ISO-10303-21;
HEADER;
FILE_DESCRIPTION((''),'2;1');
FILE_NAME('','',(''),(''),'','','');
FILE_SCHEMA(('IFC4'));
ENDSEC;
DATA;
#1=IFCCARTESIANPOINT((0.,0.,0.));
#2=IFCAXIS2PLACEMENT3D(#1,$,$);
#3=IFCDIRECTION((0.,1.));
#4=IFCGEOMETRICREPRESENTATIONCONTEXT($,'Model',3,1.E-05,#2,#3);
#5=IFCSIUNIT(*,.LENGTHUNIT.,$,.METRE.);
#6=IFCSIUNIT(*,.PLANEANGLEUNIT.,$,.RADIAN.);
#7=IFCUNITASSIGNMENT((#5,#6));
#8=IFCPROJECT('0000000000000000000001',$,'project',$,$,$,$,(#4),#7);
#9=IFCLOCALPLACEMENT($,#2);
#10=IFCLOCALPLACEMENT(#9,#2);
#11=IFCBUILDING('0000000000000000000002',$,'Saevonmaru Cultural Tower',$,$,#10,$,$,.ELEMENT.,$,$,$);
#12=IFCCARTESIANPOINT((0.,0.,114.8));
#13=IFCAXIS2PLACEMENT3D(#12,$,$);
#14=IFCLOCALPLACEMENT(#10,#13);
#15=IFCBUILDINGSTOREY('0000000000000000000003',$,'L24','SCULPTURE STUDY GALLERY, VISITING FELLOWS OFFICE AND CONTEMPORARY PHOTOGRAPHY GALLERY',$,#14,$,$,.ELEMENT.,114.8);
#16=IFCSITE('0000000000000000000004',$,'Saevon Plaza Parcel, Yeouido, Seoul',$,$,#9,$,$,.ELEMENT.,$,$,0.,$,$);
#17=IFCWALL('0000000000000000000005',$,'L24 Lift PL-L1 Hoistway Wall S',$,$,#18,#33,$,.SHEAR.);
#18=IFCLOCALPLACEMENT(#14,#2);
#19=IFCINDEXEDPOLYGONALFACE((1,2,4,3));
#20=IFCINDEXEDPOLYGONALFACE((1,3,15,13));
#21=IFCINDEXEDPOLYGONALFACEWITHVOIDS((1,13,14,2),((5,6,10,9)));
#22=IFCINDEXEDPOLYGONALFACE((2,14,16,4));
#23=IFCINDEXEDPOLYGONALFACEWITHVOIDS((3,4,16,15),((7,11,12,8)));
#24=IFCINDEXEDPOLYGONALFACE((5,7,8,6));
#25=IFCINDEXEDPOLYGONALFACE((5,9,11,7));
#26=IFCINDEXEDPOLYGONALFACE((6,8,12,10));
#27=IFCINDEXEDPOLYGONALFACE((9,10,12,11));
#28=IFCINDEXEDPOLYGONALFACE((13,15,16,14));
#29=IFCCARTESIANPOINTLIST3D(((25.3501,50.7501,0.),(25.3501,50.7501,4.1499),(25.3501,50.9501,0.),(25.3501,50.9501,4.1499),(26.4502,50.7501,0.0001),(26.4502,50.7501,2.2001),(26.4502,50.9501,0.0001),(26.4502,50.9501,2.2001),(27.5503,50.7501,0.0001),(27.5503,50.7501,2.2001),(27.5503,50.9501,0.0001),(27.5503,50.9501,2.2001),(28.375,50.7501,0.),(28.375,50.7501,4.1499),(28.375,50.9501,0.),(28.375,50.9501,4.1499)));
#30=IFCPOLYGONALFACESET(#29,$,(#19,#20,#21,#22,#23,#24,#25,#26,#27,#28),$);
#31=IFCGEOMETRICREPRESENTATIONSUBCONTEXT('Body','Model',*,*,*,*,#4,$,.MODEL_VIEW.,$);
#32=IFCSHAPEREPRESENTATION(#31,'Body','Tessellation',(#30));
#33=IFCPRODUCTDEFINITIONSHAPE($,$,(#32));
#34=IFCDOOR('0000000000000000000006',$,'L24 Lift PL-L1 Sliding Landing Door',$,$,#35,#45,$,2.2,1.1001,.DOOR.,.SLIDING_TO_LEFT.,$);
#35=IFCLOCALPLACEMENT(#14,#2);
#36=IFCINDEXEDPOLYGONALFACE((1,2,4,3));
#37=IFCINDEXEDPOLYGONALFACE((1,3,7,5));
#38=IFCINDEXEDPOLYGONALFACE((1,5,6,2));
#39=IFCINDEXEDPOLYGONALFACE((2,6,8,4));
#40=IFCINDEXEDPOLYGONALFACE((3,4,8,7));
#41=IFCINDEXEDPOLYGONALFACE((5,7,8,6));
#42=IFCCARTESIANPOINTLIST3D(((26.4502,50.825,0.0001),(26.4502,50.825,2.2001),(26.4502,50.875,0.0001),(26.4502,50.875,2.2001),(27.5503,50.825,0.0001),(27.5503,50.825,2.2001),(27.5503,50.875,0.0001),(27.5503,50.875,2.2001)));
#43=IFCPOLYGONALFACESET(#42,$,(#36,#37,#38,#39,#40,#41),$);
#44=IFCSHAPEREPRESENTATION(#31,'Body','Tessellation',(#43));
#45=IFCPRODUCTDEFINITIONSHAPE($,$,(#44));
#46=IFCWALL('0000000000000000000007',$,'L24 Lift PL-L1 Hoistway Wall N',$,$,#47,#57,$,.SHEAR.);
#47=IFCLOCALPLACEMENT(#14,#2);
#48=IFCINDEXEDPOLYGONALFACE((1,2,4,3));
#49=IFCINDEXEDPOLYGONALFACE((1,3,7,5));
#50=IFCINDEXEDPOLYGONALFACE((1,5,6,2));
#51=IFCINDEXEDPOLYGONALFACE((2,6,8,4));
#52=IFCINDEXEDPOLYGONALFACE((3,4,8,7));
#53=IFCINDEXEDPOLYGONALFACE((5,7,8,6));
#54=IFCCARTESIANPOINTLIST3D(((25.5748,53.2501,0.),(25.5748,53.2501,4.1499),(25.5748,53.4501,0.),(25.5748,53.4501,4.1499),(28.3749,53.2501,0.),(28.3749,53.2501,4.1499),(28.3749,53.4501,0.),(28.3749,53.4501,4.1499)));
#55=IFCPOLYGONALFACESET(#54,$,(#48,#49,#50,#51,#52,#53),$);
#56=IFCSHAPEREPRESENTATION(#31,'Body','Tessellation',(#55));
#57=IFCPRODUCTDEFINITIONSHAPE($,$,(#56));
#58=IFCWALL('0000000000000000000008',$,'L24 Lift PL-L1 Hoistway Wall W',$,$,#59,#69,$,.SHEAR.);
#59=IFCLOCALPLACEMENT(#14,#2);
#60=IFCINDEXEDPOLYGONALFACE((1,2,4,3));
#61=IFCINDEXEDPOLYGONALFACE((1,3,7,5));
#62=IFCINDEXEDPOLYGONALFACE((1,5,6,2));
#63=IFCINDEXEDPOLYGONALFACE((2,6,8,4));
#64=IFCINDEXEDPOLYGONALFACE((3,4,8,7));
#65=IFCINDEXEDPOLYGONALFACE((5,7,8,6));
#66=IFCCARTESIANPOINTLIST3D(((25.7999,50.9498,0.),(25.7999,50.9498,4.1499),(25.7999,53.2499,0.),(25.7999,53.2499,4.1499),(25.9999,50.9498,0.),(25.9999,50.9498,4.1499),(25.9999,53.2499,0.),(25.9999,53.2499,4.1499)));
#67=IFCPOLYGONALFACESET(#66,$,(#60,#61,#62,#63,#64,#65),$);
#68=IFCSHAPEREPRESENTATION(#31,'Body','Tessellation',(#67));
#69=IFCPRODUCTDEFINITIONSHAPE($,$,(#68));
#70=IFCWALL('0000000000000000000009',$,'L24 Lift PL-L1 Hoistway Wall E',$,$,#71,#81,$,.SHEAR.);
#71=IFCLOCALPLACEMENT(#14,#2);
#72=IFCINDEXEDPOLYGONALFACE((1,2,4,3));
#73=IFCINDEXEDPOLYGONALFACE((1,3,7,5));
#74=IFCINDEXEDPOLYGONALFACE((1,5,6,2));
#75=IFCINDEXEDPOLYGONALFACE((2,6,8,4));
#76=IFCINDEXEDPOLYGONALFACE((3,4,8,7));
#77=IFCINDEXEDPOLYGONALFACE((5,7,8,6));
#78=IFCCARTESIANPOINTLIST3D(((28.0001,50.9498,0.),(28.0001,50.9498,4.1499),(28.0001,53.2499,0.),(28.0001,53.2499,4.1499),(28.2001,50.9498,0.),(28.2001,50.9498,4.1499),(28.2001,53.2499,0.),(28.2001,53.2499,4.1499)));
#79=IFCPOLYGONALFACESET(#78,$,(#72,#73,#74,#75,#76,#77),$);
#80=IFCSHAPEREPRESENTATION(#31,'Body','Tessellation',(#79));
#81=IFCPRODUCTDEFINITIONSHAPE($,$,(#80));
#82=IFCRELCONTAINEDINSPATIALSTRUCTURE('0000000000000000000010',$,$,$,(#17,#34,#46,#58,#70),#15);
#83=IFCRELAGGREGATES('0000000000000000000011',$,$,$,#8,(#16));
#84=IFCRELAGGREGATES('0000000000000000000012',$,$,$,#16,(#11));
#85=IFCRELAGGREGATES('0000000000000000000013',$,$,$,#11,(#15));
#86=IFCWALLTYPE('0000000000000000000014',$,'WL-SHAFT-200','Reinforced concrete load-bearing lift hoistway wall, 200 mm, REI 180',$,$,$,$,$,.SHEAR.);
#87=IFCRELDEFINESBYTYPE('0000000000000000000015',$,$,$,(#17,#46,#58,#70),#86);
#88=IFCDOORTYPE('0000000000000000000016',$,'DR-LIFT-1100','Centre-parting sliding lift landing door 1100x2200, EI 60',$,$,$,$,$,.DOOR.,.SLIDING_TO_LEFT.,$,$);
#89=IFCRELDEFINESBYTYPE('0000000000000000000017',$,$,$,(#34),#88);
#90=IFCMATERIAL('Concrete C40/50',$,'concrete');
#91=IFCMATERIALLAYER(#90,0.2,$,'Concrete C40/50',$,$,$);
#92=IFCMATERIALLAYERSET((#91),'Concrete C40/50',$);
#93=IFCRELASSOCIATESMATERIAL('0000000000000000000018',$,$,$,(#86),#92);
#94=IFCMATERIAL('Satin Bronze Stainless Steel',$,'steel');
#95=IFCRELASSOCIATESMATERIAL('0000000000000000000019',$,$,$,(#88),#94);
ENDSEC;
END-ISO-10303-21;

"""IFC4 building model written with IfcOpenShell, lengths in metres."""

from ifc_helpers import new_model, si_unit, direction, frame, frame_2d, origin, place, context, subcontext, project, spatial, rectangle, extrude, material, layer, layer_set, type_object, element, fill, save


model = new_model("IFC4")

# Units and contexts
model_context = context("Model", 3, precision=1e-05, world=origin(), true_north=direction((0.0, 1.0)))
body_context = subcontext(model_context, "Body", "Model", "MODEL_VIEW")
ifc_project = project(units=[si_unit("LENGTHUNIT", "METRE"), si_unit("PLANEANGLEUNIT", "RADIAN")], contexts=[model_context])

# Site, building, storey
site_placement = place(None, origin())
site = spatial("IfcSite", under=ifc_project, at=site_placement, Name="Saevon Plaza Parcel, Yeouido, Seoul", CompositionType="ELEMENT", RefElevation=0.0)
building_placement = place(site_placement, origin())
building = spatial("IfcBuilding", under=site, at=building_placement, Name="Saevonmaru Cultural Tower", CompositionType="ELEMENT")
storey_placement = place(building_placement, frame((0.0, 0.0, 114.8)))
storey = spatial("IfcBuildingStorey", under=building, at=storey_placement, Name="L24", Description="SCULPTURE STUDY GALLERY, VISITING FELLOWS OFFICE AND CONTEMPORARY PHOTOGRAPHY GALLERY", CompositionType="ELEMENT", Elevation=114.8)

# Shared definitions
ifc_material_1 = material(Name="Concrete C40/50", Category="concrete")
ifc_layer_1 = layer(ifc_material_1, 0.2, Name="Concrete C40/50")
ifc_layer_set_1 = layer_set([ifc_layer_1], Name="Concrete C40/50")
wall_type = type_object("IfcWallType", Name="WL-SHAFT-200", Description="Reinforced concrete load-bearing lift hoistway wall, 200 mm, REI 180", PredefinedType="SHEAR", material=ifc_layer_set_1)

# Wall, opening, door
wall_1_placement = place(storey_placement, frame((25.3501, 50.8501, 0.0), z_axis=(0.0, 0.0, 1.0), x_axis=(1.0, 0.0, 0.0)))
wall_1 = element("IfcWall", 1, at=wall_1_placement, inside=storey, type_object=wall_type, Name="L24 Lift PL-L1 Hoistway Wall S", PredefinedType="SHEAR", context=body_context, shape_type="SweptSolid", body=[
    extrude(rectangle(XDim=3.0249, YDim=0.2, at=frame_2d((1.5125, 0.0))), origin(), (0.0, 0.0, 1.0), 4.1499),
])
opening_1_placement = place(wall_1_placement, frame((1.1001, 0.0, 0.0)))
opening_1 = element("IfcOpeningElement", 2, at=opening_1_placement, cuts=wall_1, PredefinedType="OPENING", context=body_context, shape_type="SweptSolid", body=[
    extrude(rectangle(XDim=1.1001, YDim=2.2, at=frame_2d((0.55, 1.1001))), frame((0.0, 0.1099, 0.0), z_axis=(0.0, -1.0, 0.0), x_axis=(1.0, 0.0, 0.0)), (0.0, 0.0, 1.0), 0.22),
])
ifc_material_2 = material(Name="Satin Bronze Stainless Steel", Category="steel")
door_type_1 = type_object("IfcDoorType", Name="DR-LIFT-1100", Description="Centre-parting sliding lift landing door 1100x2200, EI 60", OperationType="SLIDING_TO_LEFT", PredefinedType="DOOR", material=ifc_material_2)
door_1_placement = place(opening_1_placement, origin())
door_1 = element("IfcDoor", 3, at=door_1_placement, inside=storey, type_object=door_type_1, Name="L24 Lift PL-L1 Sliding Landing Door", OperationType="SLIDING_TO_LEFT", OverallHeight=2.2, OverallWidth=1.1001, PredefinedType="DOOR", context=body_context, shape_type="SweptSolid", body=[
    extrude(rectangle(XDim=1.1001, YDim=2.2, at=frame_2d((0.55, 1.1001))), frame((0.0, 0.0249, 0.0), z_axis=(0.0, -1.0, 0.0), x_axis=(1.0, 0.0, 0.0)), (0.0, 0.0, 1.0), 0.05),
])
fill(opening_1, door_1)

# Walls
wall_2_placement = place(storey_placement, frame((25.575, 53.3501, 0.0), z_axis=(0.0, 0.0, 1.0), x_axis=(1.0, 0.0, 0.0)))
element("IfcWall", 4, at=wall_2_placement, inside=storey, type_object=wall_type, Name="L24 Lift PL-L1 Hoistway Wall N", PredefinedType="SHEAR", context=body_context, shape_type="SweptSolid", body=[
    extrude(rectangle(XDim=2.8, YDim=0.2, at=frame_2d((1.3999, 0.0))), origin(), (0.0, 0.0, 1.0), 4.1499),
])
for number, where, z_axis, x_axis, name in (
    (5, (25.8999, 50.95, 0.0), (0.0, 0.0, 1.0), (0.0, 1.0, 0.0), "L24 Lift PL-L1 Hoistway Wall W"),
    (6, (28.1001, 50.95, 0.0), (0.0, 0.0, 1.0), (0.0, 1.0, 0.0), "L24 Lift PL-L1 Hoistway Wall E"),
):
    element("IfcWall", number, at=place(storey_placement, frame(where, z_axis=z_axis, x_axis=x_axis)), inside=storey, type_object=wall_type, Name=name, PredefinedType="SHEAR", context=body_context, shape_type="SweptSolid", body=[
        extrude(rectangle(XDim=2.3, YDim=0.2, at=frame_2d((1.1499, 0.0))), origin(), (0.0, 0.0, 1.0), 4.1499),
    ])

save(model, "model.ifc")
